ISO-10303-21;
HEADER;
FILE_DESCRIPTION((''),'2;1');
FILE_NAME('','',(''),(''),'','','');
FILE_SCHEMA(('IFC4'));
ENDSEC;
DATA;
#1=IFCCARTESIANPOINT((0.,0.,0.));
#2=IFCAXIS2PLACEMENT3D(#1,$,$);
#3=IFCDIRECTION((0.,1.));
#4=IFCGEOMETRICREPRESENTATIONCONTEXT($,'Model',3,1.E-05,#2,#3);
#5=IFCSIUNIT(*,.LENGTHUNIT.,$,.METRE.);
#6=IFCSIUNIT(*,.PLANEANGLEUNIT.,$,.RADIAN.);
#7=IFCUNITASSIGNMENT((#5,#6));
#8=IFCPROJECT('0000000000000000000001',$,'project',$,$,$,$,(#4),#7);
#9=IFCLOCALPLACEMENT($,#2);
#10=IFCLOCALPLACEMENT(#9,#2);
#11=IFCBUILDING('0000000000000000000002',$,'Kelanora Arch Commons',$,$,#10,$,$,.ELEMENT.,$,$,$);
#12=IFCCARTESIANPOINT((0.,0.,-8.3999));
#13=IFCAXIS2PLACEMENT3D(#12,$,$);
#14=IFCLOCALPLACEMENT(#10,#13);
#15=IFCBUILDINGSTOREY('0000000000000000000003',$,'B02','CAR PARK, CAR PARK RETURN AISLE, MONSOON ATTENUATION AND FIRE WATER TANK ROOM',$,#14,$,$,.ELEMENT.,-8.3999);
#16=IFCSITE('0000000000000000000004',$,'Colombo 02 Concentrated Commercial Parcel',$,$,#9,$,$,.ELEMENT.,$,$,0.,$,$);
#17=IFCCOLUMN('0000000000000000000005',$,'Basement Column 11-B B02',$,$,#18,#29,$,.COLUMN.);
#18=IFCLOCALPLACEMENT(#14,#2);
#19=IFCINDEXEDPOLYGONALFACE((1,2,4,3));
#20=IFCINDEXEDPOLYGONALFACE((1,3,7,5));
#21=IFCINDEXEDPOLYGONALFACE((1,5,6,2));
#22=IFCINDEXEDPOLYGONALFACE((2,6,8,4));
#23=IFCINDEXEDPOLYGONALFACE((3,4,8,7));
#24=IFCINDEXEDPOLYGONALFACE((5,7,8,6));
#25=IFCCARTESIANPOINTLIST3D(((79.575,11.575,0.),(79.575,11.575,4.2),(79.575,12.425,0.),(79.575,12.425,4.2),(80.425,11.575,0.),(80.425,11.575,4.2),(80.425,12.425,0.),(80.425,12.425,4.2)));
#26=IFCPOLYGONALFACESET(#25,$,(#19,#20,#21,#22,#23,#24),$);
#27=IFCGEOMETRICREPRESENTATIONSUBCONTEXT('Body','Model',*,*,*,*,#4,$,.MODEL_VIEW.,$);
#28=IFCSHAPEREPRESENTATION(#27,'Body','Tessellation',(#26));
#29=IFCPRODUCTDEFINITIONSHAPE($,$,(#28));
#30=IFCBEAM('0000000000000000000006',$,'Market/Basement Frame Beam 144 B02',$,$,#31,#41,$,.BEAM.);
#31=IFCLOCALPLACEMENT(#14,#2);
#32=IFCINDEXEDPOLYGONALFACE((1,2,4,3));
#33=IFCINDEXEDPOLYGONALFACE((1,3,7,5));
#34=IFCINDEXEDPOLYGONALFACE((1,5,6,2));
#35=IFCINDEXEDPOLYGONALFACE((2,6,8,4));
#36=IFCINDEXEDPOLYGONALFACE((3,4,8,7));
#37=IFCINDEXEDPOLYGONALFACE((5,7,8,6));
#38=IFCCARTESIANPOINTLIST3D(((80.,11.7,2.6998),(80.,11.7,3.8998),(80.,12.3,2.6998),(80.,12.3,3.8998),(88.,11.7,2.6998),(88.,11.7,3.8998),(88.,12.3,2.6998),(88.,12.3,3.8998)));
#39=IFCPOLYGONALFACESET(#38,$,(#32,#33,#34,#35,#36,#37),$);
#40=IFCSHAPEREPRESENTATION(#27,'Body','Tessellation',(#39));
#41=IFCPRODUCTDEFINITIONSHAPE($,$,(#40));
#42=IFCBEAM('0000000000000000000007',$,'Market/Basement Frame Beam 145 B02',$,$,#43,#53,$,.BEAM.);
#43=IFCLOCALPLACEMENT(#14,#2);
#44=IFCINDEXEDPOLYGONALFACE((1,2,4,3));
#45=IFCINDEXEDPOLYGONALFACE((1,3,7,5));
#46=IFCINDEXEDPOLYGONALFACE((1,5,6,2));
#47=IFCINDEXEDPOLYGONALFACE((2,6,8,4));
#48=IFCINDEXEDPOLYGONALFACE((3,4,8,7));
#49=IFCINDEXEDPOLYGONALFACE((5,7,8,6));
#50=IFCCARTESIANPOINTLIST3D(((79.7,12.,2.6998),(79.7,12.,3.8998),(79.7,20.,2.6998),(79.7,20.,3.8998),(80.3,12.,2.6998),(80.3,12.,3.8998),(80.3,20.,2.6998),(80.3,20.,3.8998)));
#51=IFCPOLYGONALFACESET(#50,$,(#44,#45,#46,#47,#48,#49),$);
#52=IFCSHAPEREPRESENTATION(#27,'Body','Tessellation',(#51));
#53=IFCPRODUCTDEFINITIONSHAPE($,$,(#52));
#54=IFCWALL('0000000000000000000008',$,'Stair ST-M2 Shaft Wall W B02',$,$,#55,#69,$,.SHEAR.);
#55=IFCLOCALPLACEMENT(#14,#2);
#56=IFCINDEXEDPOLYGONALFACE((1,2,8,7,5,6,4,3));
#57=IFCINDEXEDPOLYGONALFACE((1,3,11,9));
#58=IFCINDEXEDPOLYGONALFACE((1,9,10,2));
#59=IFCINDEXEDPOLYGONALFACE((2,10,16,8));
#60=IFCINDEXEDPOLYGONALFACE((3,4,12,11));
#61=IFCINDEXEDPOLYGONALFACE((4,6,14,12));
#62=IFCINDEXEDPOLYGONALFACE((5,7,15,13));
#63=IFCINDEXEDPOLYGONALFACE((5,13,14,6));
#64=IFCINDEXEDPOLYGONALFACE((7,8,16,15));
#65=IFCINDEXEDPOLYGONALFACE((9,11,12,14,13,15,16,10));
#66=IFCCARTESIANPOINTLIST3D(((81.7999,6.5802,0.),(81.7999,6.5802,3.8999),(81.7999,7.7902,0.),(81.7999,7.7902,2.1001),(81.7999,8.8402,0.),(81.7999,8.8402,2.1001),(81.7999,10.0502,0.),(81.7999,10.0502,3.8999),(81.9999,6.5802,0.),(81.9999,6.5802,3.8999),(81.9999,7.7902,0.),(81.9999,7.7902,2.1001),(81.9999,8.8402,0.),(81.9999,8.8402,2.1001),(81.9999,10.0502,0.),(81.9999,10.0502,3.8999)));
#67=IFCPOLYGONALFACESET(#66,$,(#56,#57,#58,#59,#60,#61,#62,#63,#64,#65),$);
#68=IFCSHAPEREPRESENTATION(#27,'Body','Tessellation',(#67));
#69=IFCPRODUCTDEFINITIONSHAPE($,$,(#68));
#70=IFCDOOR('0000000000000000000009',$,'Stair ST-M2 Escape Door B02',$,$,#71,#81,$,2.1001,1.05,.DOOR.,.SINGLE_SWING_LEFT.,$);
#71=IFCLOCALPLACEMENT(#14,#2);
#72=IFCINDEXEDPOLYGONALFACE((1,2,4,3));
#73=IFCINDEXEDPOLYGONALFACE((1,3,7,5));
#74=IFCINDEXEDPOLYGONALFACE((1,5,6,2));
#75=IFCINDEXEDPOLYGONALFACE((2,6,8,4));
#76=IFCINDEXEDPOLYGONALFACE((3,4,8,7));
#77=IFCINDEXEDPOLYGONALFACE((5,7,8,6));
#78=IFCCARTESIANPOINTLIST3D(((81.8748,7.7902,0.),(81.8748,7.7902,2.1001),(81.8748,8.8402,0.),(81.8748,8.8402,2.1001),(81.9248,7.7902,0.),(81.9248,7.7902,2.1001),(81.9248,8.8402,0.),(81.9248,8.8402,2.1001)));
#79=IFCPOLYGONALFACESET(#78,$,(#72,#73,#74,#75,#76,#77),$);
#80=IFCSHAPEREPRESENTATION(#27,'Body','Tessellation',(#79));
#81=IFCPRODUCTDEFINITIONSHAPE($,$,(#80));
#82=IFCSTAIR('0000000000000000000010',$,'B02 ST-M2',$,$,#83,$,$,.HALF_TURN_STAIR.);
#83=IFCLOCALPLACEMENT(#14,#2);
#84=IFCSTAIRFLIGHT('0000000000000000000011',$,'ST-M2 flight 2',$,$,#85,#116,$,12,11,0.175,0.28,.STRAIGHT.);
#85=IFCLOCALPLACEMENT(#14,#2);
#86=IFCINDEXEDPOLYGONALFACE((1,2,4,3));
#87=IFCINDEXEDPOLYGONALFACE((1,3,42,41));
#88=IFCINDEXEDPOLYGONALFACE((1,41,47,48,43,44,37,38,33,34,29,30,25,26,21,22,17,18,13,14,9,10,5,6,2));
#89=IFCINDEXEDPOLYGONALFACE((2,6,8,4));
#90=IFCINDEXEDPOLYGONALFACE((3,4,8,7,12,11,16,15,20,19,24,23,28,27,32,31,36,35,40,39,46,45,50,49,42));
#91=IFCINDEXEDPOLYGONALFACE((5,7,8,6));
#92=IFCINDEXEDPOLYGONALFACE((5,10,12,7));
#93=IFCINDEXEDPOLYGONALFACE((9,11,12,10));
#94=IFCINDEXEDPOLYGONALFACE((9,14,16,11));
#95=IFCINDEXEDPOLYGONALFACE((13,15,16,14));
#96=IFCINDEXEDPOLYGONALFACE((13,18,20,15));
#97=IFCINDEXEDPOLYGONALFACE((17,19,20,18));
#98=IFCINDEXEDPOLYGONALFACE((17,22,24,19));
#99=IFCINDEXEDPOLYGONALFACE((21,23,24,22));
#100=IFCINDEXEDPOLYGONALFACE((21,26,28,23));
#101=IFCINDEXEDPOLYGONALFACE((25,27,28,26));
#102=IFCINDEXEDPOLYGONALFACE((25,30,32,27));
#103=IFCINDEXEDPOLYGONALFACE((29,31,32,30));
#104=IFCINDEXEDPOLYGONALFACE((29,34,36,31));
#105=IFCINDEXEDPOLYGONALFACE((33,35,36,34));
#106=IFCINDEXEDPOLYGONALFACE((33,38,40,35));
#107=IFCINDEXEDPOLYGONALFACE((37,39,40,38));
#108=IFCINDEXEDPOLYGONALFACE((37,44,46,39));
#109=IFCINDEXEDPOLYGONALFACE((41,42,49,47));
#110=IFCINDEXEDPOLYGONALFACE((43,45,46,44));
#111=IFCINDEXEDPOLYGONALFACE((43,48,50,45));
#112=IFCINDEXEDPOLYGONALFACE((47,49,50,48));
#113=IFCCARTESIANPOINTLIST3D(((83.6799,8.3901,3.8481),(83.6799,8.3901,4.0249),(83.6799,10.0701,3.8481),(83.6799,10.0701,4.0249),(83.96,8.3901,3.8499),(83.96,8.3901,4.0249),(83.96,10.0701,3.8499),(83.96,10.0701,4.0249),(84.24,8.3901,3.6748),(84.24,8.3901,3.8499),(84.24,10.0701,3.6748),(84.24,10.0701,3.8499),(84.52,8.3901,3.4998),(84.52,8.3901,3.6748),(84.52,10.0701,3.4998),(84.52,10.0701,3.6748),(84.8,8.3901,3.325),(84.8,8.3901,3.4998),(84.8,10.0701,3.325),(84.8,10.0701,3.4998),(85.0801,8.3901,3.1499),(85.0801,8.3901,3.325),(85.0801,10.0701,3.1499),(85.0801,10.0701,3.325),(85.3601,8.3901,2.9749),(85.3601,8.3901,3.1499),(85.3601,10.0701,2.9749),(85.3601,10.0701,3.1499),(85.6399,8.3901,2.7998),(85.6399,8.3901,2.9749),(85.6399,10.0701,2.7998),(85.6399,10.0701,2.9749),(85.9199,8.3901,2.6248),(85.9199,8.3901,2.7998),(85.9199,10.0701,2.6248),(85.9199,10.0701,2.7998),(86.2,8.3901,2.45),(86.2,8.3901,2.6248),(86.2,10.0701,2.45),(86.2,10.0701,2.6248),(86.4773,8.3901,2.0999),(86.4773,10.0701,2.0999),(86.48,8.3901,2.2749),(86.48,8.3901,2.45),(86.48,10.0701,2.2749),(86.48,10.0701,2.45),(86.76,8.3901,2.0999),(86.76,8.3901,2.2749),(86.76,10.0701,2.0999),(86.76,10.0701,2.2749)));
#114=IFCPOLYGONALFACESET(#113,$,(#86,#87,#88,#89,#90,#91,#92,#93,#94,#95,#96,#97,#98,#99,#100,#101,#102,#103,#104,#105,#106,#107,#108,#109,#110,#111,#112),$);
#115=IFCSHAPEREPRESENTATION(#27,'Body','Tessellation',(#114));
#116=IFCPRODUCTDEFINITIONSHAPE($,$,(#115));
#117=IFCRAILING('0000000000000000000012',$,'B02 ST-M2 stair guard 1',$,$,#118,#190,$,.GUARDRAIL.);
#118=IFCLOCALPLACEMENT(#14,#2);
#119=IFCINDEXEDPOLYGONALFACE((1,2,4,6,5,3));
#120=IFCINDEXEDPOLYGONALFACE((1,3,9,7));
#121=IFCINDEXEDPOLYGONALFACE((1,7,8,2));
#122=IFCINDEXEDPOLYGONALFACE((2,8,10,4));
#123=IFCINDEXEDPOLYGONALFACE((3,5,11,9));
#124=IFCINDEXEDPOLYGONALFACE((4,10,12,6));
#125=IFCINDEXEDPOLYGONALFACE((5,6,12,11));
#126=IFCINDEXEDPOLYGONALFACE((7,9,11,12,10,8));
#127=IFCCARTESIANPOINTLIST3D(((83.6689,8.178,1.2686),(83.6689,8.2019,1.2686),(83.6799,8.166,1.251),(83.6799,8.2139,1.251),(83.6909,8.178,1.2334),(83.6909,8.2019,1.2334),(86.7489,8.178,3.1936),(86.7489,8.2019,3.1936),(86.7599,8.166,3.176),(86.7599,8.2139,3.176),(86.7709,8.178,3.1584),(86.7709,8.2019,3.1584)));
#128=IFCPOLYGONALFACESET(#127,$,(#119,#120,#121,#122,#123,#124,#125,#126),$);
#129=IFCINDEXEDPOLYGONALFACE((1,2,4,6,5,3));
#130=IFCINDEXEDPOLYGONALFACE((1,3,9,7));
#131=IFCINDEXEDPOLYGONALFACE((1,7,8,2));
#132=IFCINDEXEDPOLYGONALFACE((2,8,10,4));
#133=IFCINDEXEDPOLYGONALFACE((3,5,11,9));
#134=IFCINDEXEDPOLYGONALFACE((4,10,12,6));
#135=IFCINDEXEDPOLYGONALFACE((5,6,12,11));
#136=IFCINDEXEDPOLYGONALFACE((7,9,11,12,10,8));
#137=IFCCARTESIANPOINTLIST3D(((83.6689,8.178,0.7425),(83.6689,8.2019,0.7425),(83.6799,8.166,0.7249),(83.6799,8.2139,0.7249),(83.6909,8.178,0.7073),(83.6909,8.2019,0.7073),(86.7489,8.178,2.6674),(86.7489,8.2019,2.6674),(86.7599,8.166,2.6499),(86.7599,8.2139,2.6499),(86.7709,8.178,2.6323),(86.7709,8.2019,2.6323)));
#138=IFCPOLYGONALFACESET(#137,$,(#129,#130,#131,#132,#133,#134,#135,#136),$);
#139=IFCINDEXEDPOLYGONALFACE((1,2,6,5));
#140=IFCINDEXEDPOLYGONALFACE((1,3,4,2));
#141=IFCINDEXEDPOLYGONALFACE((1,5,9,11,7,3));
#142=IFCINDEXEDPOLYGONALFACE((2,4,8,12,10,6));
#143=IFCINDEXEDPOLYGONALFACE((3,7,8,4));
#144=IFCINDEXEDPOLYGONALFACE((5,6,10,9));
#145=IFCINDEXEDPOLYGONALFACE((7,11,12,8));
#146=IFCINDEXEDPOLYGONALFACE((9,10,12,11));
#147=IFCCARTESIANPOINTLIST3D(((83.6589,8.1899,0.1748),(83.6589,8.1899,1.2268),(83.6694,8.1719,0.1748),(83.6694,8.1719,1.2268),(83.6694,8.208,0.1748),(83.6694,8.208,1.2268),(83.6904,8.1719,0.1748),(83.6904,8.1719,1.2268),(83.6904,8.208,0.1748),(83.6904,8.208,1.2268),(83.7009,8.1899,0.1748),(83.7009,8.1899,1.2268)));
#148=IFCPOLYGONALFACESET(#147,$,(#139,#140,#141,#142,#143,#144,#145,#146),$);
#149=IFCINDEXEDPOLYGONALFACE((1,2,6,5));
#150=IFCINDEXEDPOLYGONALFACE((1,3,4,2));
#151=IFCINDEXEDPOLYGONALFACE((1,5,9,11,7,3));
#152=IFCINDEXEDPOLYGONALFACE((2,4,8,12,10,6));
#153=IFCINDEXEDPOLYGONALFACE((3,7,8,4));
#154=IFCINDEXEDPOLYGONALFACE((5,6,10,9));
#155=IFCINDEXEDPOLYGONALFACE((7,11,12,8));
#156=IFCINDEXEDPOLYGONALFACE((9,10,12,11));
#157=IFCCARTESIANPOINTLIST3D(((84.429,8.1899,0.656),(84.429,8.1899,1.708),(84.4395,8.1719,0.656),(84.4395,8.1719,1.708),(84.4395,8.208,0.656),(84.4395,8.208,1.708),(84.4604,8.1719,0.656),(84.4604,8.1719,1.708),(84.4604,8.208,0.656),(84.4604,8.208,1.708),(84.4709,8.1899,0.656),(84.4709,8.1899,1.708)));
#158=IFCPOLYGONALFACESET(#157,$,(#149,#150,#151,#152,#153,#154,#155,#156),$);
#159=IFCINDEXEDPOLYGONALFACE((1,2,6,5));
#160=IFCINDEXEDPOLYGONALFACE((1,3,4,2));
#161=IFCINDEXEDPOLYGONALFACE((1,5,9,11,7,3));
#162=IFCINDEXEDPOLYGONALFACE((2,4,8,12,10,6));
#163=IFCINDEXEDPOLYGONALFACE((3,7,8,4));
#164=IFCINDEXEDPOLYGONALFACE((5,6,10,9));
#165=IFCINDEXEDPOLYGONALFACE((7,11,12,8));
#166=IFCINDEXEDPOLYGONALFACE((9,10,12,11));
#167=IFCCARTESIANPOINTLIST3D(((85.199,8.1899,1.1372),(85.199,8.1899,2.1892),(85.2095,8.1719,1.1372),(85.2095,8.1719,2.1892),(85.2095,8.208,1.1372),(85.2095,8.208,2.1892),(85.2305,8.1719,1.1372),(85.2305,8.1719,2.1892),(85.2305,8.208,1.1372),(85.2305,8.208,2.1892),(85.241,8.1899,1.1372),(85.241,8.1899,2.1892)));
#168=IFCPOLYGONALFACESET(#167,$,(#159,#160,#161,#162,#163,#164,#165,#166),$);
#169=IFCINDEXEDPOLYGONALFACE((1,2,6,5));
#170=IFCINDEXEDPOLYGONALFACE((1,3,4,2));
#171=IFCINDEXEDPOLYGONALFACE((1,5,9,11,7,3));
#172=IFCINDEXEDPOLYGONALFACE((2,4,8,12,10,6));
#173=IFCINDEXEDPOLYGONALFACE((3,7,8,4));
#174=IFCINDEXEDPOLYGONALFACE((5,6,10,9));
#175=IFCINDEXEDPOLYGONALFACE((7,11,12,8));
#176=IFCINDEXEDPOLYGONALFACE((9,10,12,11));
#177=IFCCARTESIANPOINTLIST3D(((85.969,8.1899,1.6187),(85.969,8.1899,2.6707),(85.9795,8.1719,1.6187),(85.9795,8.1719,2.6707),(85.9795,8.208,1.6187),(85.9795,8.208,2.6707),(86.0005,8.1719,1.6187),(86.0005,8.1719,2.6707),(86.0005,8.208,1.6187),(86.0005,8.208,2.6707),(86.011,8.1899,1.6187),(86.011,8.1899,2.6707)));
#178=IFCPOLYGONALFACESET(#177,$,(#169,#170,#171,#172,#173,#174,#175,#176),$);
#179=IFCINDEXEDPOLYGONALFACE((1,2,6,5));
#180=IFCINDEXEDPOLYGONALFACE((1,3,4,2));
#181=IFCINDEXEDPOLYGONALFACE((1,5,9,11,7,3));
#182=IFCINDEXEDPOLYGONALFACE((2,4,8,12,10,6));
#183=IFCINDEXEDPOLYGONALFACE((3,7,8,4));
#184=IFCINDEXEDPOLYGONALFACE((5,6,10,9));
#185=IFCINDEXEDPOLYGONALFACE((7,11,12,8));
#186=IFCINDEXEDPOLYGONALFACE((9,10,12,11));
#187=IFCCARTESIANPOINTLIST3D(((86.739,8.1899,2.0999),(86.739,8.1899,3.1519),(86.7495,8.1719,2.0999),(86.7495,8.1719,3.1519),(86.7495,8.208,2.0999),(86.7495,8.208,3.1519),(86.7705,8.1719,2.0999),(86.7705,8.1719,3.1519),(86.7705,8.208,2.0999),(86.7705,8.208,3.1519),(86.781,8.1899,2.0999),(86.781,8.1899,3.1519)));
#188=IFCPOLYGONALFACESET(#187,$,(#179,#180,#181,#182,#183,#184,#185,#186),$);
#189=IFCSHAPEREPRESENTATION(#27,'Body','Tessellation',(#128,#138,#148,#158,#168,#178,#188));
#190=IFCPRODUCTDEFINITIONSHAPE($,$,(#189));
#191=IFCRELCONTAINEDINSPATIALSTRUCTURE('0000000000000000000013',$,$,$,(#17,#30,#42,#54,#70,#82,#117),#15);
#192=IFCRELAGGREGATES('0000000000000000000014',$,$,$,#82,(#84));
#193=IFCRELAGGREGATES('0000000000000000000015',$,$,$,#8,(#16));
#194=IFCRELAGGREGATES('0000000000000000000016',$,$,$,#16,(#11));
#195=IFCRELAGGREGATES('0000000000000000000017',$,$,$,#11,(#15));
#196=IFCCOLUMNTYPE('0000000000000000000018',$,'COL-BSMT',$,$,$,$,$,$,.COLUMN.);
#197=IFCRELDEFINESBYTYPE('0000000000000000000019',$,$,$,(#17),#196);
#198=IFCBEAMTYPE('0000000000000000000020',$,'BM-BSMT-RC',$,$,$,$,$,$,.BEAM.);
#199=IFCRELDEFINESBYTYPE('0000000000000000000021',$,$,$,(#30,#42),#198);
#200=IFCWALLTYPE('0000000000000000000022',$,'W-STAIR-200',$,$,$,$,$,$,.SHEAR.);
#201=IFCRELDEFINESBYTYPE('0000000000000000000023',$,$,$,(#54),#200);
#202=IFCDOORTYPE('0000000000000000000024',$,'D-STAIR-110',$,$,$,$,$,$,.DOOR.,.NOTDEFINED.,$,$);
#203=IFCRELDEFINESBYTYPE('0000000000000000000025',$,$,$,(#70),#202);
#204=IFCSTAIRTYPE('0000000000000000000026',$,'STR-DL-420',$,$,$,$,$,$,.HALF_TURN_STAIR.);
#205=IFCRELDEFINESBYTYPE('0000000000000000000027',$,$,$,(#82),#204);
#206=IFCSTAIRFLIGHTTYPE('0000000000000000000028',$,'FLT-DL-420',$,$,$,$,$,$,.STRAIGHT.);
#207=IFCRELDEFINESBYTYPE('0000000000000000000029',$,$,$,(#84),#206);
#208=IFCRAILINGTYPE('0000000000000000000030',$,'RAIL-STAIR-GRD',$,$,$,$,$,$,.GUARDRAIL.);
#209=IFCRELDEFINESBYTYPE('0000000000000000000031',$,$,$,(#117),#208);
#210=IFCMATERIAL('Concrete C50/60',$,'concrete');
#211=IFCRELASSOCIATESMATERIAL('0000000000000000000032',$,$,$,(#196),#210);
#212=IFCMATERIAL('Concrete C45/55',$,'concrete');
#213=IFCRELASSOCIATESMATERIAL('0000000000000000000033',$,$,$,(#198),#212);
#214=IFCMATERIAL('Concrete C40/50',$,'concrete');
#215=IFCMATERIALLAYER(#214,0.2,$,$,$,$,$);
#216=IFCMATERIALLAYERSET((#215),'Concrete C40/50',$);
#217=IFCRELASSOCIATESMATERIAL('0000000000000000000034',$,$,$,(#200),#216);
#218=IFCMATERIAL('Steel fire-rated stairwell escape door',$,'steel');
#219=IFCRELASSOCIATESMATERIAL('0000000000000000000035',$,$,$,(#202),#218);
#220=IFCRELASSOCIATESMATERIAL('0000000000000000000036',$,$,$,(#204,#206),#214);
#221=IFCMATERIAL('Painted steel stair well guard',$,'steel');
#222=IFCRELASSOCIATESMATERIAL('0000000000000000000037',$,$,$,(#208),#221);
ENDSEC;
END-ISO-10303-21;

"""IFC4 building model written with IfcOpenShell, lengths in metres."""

from ifc_helpers import new_model, si_unit, direction, frame, frame_2d, origin, origin_2d, place, context, subcontext, project, spatial, polyline, rectangle, outline, extrude, material, layer, layer_set, material_profile, profile_set, type_object, element, fill, aggregate, save


model = new_model("IFC4")

# Units and contexts
model_context = context("Model", 3, precision=1e-05, world=origin(), true_north=direction((0.0, 1.0)))
body_context = subcontext(model_context, "Body", "Model", "MODEL_VIEW")
ifc_project = project(units=[si_unit("LENGTHUNIT", "METRE"), si_unit("PLANEANGLEUNIT", "RADIAN")], contexts=[model_context])

# Site, building, storey
site_placement = place(None, origin())
site = spatial("IfcSite", under=ifc_project, at=site_placement, Name="Colombo 02 Concentrated Commercial Parcel", CompositionType="ELEMENT", RefElevation=0.0)
building_placement = place(site_placement, origin())
building = spatial("IfcBuilding", under=site, at=building_placement, Name="Kelanora Arch Commons", CompositionType="ELEMENT")
storey_placement = place(building_placement, frame((0.0, 0.0, -8.3999)))
storey = spatial("IfcBuildingStorey", under=building, at=storey_placement, Name="B02", Description="CAR PARK, CAR PARK RETURN AISLE, MONSOON ATTENUATION AND FIRE WATER TANK ROOM", CompositionType="ELEMENT", Elevation=-8.3999)

# Shared definitions
ifc_material_1 = material(Name="Concrete C40/50", Category="concrete")

# Shared definitions
ifc_material_2 = material(Name="Concrete C45/55", Category="concrete")

# Column
ifc_material_3 = material(Name="Concrete C50/60", Category="concrete")
ifc_material_profile_1 = material_profile(ifc_material_3, rectangle(XDim=0.8501, YDim=0.8501, at=origin_2d()), Name="RC850x850")
ifc_profile_set_1 = profile_set([ifc_material_profile_1], Name="Concrete C50/60")
column_type = type_object("IfcColumnType", Name="COL-BSMT", PredefinedType="COLUMN", material=ifc_profile_set_1)
column_placement = place(storey_placement, frame((80.0, 12.0, 0.0), z_axis=(0.0, 0.0, 1.0), x_axis=(1.0, 0.0, 0.0)))
element("IfcColumn", 1, at=column_placement, inside=storey, type_object=column_type, Name="Basement Column 11-B B02", PredefinedType="COLUMN", context=body_context, shape_type="SweptSolid", body=[
    extrude(rectangle(XDim=0.8501, YDim=0.8501, at=origin_2d()), origin(), (0.0, 0.0, 1.0), 4.2),
])

# Beams
ifc_material_profile_2 = material_profile(ifc_material_2, rectangle(XDim=0.6001, YDim=1.2, at=origin_2d()), Name="RCB600x1200")
ifc_profile_set_2 = profile_set([ifc_material_profile_2], Name="Concrete C45/55")
beam_type = type_object("IfcBeamType", Name="BM-BSMT-RC", PredefinedType="BEAM", material=ifc_profile_set_2)
for number, where, z_axis, x_axis, name in (
    (2, (80.0, 12.0, 3.2998), (1.0, 0.0, 0.0), (0.0, 1.0, 0.0), "Market/Basement Frame Beam 144 B02"),
    (3, (80.0, 12.0, 3.2998), (0.0, 1.0, 0.0), (-1.0, 0.0, 0.0), "Market/Basement Frame Beam 145 B02"),
):
    element("IfcBeam", number, at=place(storey_placement, frame(where, z_axis=z_axis, x_axis=x_axis)), inside=storey, type_object=beam_type, Name=name, PredefinedType="BEAM", context=body_context, shape_type="SweptSolid", body=[
        extrude(rectangle(XDim=0.6001, YDim=1.2, at=origin_2d()), origin(), (0.0, 0.0, 1.0), 8.0),
    ])

# Wall, opening, door
ifc_layer = layer(ifc_material_1, 0.2)
ifc_layer_set = layer_set([ifc_layer], Name="Concrete C40/50")
wall_type = type_object("IfcWallType", Name="W-STAIR-200", PredefinedType="SHEAR", material=ifc_layer_set)
wall_placement = place(storey_placement, frame((81.8999, 10.05, 0.0), z_axis=(0.0, 0.0, 1.0), x_axis=(0.0, -1.0, 0.0)))
wall = element("IfcWall", 4, at=wall_placement, inside=storey, type_object=wall_type, Name="Stair ST-M2 Shaft Wall W B02", PredefinedType="SHEAR", context=body_context, shape_type="SweptSolid", body=[
    extrude(rectangle(XDim=3.47, YDim=0.2, at=frame_2d((1.7349, 0.0))), origin(), (0.0, 0.0, 1.0), 3.8999),
])
opening_placement = place(wall_placement, frame((1.21, 0.0, 0.0)))
opening = element("IfcOpeningElement", 5, at=opening_placement, cuts=wall, PredefinedType="OPENING", context=body_context, shape_type="SweptSolid", body=[
    extrude(rectangle(XDim=1.05, YDim=2.1001, at=frame_2d((0.5249, 1.05))), frame((0.0, 0.1099, 0.0), z_axis=(0.0, -1.0, 0.0), x_axis=(1.0, 0.0, 0.0)), (0.0, 0.0, 1.0), 0.22),
])
ifc_material_4 = material(Name="Steel fire-rated stairwell escape door", Category="steel")
door_type = type_object("IfcDoorType", Name="D-STAIR-110", OperationType="NOTDEFINED", PredefinedType="DOOR", material=ifc_material_4)
door_placement = place(opening_placement, origin())
door = element("IfcDoor", 6, at=door_placement, inside=storey, type_object=door_type, Name="Stair ST-M2 Escape Door B02", OperationType="SINGLE_SWING_LEFT", OverallHeight=2.1001, OverallWidth=1.05, PredefinedType="DOOR", context=body_context, shape_type="SweptSolid", body=[
    extrude(rectangle(XDim=1.05, YDim=2.1001, at=frame_2d((0.5249, 1.05))), frame((0.0, 0.0249, 0.0), z_axis=(0.0, -1.0, 0.0), x_axis=(1.0, 0.0, 0.0)), (0.0, 0.0, 1.0), 0.05),
])
fill(opening, door)

# Stair, stair flight
stair_type = type_object("IfcStairType", Name="STR-DL-420", PredefinedType="HALF_TURN_STAIR", material=ifc_material_1)
stair_placement = place(storey_placement, origin())
stair = element("IfcStair", 7, at=stair_placement, inside=storey, type_object=stair_type, Name="B02 ST-M2", PredefinedType="HALF_TURN_STAIR")
stair_flight_type = type_object("IfcStairFlightType", Name="FLT-DL-420", PredefinedType="STRAIGHT", material=ifc_material_1)
stair_flight_placement = place(storey_placement, frame((86.76, 9.23, 2.0999), z_axis=(0.0, 0.0, 1.0), x_axis=(-1.0, 0.0, 0.0)))
stair_flight = element("IfcStairFlight", 8, at=stair_flight_placement, type_object=stair_flight_type, Name="ST-M2 flight 2", NumberOfRisers=12, NumberOfTreads=11, PredefinedType="STRAIGHT", RiserHeight=0.175, TreadLength=0.28, context=body_context, shape_type="SweptSolid", body=[
    extrude(outline(polyline([(0.0, 0.0), (0.0, 0.175), (0.28, 0.175), (0.28, 0.3501), (0.5601, 0.3501), (0.5601, 0.5249), (0.8401, 0.5249), (0.8401, 0.7), (1.1201, 0.7), (1.1201, 0.875), (1.3999, 0.875), (1.3999, 1.05), (1.6799, 1.05), (1.6799, 1.2251), (1.96, 1.2251), (1.96, 1.3999), (2.24, 1.3999), (2.24, 1.575), (2.52, 1.575), (2.52, 1.75), (2.8, 1.75), (2.8, 1.925), (3.0801, 1.925), (3.0801, 2.1001), (3.0801, 1.7483), (0.2827, 0.0), (0.0, 0.0)])), frame((0.0, 0.8398, 0.0), z_axis=(0.0, -1.0, 0.0), x_axis=(1.0, 0.0, 0.0)), (0.0, 0.0, 1.0), 1.6799),
])
aggregate(stair, [stair_flight])

# Railing
ifc_material_5 = material(Name="Painted steel stair well guard", Category="steel")
railing_type_1 = type_object("IfcRailingType", Name="RAIL-STAIR-GRD", PredefinedType="GUARDRAIL", material=ifc_material_5)
railing_1_placement = place(storey_placement, frame((83.6799, 8.1899, 0.1748)))
element("IfcRailing", 9, at=railing_1_placement, inside=storey, type_object=railing_type_1, Name="B02 ST-M2 stair guard 1", PredefinedType="GUARDRAIL", context=body_context, shape_type="SweptSolid", body=[
    extrude(outline(polyline([(0.0239, 0.0), (0.012, 0.0208), (-0.012, 0.0208), (-0.0239, 0.0), (-0.012, -0.0208), (0.012, -0.0208), (0.0239, 0.0)])), frame((0.0, 0.0, 1.0762), z_axis=(0.847998, 0.0, 0.529999), x_axis=(0.0, 1.0, 0.0)), (0.0, 0.0, 1.0), 3.6321),
    extrude(outline(polyline([(0.0239, 0.0), (0.012, 0.0208), (-0.012, 0.0208), (-0.0239, 0.0), (-0.012, -0.0208), (0.012, -0.0208), (0.0239, 0.0)])), frame((0.0, 0.0, 0.55), z_axis=(0.847998, 0.0, 0.529999), x_axis=(0.0, 1.0, 0.0)), (0.0, 0.0, 1.0), 3.6321),
    extrude(outline(polyline([(0.021, 0.0), (0.0105, 0.0181), (-0.0105, 0.0181), (-0.021, 0.0), (-0.0105, -0.0181), (0.0105, -0.0181), (0.021, 0.0)])), origin(), (0.0, 0.0, 1.0), 1.052),
    extrude(outline(polyline([(0.021, 0.0), (0.0105, 0.0181), (-0.0105, 0.0181), (-0.021, 0.0), (-0.0105, -0.0181), (0.0105, -0.0181), (0.021, 0.0)])), frame((0.77, 0.0, 0.4812)), (0.0, 0.0, 1.0), 1.052),
    extrude(outline(polyline([(0.021, 0.0), (0.0105, 0.0181), (-0.0105, 0.0181), (-0.021, 0.0), (-0.0105, -0.0181), (0.0105, -0.0181), (0.021, 0.0)])), frame((1.54, 0.0, 0.9624)), (0.0, 0.0, 1.0), 1.052),
    extrude(outline(polyline([(0.021, 0.0), (0.0105, 0.0181), (-0.0105, 0.0181), (-0.021, 0.0), (-0.0105, -0.0181), (0.0105, -0.0181), (0.021, 0.0)])), frame((2.3101, 0.0, 1.4438)), (0.0, 0.0, 1.0), 1.052),
    extrude(outline(polyline([(0.021, 0.0), (0.0105, 0.0181), (-0.0105, 0.0181), (-0.021, 0.0), (-0.0105, -0.0181), (0.0105, -0.0181), (0.021, 0.0)])), frame((3.0801, 0.0, 1.925)), (0.0, 0.0, 1.0), 1.052),
])

save(model, "model.ifc")
